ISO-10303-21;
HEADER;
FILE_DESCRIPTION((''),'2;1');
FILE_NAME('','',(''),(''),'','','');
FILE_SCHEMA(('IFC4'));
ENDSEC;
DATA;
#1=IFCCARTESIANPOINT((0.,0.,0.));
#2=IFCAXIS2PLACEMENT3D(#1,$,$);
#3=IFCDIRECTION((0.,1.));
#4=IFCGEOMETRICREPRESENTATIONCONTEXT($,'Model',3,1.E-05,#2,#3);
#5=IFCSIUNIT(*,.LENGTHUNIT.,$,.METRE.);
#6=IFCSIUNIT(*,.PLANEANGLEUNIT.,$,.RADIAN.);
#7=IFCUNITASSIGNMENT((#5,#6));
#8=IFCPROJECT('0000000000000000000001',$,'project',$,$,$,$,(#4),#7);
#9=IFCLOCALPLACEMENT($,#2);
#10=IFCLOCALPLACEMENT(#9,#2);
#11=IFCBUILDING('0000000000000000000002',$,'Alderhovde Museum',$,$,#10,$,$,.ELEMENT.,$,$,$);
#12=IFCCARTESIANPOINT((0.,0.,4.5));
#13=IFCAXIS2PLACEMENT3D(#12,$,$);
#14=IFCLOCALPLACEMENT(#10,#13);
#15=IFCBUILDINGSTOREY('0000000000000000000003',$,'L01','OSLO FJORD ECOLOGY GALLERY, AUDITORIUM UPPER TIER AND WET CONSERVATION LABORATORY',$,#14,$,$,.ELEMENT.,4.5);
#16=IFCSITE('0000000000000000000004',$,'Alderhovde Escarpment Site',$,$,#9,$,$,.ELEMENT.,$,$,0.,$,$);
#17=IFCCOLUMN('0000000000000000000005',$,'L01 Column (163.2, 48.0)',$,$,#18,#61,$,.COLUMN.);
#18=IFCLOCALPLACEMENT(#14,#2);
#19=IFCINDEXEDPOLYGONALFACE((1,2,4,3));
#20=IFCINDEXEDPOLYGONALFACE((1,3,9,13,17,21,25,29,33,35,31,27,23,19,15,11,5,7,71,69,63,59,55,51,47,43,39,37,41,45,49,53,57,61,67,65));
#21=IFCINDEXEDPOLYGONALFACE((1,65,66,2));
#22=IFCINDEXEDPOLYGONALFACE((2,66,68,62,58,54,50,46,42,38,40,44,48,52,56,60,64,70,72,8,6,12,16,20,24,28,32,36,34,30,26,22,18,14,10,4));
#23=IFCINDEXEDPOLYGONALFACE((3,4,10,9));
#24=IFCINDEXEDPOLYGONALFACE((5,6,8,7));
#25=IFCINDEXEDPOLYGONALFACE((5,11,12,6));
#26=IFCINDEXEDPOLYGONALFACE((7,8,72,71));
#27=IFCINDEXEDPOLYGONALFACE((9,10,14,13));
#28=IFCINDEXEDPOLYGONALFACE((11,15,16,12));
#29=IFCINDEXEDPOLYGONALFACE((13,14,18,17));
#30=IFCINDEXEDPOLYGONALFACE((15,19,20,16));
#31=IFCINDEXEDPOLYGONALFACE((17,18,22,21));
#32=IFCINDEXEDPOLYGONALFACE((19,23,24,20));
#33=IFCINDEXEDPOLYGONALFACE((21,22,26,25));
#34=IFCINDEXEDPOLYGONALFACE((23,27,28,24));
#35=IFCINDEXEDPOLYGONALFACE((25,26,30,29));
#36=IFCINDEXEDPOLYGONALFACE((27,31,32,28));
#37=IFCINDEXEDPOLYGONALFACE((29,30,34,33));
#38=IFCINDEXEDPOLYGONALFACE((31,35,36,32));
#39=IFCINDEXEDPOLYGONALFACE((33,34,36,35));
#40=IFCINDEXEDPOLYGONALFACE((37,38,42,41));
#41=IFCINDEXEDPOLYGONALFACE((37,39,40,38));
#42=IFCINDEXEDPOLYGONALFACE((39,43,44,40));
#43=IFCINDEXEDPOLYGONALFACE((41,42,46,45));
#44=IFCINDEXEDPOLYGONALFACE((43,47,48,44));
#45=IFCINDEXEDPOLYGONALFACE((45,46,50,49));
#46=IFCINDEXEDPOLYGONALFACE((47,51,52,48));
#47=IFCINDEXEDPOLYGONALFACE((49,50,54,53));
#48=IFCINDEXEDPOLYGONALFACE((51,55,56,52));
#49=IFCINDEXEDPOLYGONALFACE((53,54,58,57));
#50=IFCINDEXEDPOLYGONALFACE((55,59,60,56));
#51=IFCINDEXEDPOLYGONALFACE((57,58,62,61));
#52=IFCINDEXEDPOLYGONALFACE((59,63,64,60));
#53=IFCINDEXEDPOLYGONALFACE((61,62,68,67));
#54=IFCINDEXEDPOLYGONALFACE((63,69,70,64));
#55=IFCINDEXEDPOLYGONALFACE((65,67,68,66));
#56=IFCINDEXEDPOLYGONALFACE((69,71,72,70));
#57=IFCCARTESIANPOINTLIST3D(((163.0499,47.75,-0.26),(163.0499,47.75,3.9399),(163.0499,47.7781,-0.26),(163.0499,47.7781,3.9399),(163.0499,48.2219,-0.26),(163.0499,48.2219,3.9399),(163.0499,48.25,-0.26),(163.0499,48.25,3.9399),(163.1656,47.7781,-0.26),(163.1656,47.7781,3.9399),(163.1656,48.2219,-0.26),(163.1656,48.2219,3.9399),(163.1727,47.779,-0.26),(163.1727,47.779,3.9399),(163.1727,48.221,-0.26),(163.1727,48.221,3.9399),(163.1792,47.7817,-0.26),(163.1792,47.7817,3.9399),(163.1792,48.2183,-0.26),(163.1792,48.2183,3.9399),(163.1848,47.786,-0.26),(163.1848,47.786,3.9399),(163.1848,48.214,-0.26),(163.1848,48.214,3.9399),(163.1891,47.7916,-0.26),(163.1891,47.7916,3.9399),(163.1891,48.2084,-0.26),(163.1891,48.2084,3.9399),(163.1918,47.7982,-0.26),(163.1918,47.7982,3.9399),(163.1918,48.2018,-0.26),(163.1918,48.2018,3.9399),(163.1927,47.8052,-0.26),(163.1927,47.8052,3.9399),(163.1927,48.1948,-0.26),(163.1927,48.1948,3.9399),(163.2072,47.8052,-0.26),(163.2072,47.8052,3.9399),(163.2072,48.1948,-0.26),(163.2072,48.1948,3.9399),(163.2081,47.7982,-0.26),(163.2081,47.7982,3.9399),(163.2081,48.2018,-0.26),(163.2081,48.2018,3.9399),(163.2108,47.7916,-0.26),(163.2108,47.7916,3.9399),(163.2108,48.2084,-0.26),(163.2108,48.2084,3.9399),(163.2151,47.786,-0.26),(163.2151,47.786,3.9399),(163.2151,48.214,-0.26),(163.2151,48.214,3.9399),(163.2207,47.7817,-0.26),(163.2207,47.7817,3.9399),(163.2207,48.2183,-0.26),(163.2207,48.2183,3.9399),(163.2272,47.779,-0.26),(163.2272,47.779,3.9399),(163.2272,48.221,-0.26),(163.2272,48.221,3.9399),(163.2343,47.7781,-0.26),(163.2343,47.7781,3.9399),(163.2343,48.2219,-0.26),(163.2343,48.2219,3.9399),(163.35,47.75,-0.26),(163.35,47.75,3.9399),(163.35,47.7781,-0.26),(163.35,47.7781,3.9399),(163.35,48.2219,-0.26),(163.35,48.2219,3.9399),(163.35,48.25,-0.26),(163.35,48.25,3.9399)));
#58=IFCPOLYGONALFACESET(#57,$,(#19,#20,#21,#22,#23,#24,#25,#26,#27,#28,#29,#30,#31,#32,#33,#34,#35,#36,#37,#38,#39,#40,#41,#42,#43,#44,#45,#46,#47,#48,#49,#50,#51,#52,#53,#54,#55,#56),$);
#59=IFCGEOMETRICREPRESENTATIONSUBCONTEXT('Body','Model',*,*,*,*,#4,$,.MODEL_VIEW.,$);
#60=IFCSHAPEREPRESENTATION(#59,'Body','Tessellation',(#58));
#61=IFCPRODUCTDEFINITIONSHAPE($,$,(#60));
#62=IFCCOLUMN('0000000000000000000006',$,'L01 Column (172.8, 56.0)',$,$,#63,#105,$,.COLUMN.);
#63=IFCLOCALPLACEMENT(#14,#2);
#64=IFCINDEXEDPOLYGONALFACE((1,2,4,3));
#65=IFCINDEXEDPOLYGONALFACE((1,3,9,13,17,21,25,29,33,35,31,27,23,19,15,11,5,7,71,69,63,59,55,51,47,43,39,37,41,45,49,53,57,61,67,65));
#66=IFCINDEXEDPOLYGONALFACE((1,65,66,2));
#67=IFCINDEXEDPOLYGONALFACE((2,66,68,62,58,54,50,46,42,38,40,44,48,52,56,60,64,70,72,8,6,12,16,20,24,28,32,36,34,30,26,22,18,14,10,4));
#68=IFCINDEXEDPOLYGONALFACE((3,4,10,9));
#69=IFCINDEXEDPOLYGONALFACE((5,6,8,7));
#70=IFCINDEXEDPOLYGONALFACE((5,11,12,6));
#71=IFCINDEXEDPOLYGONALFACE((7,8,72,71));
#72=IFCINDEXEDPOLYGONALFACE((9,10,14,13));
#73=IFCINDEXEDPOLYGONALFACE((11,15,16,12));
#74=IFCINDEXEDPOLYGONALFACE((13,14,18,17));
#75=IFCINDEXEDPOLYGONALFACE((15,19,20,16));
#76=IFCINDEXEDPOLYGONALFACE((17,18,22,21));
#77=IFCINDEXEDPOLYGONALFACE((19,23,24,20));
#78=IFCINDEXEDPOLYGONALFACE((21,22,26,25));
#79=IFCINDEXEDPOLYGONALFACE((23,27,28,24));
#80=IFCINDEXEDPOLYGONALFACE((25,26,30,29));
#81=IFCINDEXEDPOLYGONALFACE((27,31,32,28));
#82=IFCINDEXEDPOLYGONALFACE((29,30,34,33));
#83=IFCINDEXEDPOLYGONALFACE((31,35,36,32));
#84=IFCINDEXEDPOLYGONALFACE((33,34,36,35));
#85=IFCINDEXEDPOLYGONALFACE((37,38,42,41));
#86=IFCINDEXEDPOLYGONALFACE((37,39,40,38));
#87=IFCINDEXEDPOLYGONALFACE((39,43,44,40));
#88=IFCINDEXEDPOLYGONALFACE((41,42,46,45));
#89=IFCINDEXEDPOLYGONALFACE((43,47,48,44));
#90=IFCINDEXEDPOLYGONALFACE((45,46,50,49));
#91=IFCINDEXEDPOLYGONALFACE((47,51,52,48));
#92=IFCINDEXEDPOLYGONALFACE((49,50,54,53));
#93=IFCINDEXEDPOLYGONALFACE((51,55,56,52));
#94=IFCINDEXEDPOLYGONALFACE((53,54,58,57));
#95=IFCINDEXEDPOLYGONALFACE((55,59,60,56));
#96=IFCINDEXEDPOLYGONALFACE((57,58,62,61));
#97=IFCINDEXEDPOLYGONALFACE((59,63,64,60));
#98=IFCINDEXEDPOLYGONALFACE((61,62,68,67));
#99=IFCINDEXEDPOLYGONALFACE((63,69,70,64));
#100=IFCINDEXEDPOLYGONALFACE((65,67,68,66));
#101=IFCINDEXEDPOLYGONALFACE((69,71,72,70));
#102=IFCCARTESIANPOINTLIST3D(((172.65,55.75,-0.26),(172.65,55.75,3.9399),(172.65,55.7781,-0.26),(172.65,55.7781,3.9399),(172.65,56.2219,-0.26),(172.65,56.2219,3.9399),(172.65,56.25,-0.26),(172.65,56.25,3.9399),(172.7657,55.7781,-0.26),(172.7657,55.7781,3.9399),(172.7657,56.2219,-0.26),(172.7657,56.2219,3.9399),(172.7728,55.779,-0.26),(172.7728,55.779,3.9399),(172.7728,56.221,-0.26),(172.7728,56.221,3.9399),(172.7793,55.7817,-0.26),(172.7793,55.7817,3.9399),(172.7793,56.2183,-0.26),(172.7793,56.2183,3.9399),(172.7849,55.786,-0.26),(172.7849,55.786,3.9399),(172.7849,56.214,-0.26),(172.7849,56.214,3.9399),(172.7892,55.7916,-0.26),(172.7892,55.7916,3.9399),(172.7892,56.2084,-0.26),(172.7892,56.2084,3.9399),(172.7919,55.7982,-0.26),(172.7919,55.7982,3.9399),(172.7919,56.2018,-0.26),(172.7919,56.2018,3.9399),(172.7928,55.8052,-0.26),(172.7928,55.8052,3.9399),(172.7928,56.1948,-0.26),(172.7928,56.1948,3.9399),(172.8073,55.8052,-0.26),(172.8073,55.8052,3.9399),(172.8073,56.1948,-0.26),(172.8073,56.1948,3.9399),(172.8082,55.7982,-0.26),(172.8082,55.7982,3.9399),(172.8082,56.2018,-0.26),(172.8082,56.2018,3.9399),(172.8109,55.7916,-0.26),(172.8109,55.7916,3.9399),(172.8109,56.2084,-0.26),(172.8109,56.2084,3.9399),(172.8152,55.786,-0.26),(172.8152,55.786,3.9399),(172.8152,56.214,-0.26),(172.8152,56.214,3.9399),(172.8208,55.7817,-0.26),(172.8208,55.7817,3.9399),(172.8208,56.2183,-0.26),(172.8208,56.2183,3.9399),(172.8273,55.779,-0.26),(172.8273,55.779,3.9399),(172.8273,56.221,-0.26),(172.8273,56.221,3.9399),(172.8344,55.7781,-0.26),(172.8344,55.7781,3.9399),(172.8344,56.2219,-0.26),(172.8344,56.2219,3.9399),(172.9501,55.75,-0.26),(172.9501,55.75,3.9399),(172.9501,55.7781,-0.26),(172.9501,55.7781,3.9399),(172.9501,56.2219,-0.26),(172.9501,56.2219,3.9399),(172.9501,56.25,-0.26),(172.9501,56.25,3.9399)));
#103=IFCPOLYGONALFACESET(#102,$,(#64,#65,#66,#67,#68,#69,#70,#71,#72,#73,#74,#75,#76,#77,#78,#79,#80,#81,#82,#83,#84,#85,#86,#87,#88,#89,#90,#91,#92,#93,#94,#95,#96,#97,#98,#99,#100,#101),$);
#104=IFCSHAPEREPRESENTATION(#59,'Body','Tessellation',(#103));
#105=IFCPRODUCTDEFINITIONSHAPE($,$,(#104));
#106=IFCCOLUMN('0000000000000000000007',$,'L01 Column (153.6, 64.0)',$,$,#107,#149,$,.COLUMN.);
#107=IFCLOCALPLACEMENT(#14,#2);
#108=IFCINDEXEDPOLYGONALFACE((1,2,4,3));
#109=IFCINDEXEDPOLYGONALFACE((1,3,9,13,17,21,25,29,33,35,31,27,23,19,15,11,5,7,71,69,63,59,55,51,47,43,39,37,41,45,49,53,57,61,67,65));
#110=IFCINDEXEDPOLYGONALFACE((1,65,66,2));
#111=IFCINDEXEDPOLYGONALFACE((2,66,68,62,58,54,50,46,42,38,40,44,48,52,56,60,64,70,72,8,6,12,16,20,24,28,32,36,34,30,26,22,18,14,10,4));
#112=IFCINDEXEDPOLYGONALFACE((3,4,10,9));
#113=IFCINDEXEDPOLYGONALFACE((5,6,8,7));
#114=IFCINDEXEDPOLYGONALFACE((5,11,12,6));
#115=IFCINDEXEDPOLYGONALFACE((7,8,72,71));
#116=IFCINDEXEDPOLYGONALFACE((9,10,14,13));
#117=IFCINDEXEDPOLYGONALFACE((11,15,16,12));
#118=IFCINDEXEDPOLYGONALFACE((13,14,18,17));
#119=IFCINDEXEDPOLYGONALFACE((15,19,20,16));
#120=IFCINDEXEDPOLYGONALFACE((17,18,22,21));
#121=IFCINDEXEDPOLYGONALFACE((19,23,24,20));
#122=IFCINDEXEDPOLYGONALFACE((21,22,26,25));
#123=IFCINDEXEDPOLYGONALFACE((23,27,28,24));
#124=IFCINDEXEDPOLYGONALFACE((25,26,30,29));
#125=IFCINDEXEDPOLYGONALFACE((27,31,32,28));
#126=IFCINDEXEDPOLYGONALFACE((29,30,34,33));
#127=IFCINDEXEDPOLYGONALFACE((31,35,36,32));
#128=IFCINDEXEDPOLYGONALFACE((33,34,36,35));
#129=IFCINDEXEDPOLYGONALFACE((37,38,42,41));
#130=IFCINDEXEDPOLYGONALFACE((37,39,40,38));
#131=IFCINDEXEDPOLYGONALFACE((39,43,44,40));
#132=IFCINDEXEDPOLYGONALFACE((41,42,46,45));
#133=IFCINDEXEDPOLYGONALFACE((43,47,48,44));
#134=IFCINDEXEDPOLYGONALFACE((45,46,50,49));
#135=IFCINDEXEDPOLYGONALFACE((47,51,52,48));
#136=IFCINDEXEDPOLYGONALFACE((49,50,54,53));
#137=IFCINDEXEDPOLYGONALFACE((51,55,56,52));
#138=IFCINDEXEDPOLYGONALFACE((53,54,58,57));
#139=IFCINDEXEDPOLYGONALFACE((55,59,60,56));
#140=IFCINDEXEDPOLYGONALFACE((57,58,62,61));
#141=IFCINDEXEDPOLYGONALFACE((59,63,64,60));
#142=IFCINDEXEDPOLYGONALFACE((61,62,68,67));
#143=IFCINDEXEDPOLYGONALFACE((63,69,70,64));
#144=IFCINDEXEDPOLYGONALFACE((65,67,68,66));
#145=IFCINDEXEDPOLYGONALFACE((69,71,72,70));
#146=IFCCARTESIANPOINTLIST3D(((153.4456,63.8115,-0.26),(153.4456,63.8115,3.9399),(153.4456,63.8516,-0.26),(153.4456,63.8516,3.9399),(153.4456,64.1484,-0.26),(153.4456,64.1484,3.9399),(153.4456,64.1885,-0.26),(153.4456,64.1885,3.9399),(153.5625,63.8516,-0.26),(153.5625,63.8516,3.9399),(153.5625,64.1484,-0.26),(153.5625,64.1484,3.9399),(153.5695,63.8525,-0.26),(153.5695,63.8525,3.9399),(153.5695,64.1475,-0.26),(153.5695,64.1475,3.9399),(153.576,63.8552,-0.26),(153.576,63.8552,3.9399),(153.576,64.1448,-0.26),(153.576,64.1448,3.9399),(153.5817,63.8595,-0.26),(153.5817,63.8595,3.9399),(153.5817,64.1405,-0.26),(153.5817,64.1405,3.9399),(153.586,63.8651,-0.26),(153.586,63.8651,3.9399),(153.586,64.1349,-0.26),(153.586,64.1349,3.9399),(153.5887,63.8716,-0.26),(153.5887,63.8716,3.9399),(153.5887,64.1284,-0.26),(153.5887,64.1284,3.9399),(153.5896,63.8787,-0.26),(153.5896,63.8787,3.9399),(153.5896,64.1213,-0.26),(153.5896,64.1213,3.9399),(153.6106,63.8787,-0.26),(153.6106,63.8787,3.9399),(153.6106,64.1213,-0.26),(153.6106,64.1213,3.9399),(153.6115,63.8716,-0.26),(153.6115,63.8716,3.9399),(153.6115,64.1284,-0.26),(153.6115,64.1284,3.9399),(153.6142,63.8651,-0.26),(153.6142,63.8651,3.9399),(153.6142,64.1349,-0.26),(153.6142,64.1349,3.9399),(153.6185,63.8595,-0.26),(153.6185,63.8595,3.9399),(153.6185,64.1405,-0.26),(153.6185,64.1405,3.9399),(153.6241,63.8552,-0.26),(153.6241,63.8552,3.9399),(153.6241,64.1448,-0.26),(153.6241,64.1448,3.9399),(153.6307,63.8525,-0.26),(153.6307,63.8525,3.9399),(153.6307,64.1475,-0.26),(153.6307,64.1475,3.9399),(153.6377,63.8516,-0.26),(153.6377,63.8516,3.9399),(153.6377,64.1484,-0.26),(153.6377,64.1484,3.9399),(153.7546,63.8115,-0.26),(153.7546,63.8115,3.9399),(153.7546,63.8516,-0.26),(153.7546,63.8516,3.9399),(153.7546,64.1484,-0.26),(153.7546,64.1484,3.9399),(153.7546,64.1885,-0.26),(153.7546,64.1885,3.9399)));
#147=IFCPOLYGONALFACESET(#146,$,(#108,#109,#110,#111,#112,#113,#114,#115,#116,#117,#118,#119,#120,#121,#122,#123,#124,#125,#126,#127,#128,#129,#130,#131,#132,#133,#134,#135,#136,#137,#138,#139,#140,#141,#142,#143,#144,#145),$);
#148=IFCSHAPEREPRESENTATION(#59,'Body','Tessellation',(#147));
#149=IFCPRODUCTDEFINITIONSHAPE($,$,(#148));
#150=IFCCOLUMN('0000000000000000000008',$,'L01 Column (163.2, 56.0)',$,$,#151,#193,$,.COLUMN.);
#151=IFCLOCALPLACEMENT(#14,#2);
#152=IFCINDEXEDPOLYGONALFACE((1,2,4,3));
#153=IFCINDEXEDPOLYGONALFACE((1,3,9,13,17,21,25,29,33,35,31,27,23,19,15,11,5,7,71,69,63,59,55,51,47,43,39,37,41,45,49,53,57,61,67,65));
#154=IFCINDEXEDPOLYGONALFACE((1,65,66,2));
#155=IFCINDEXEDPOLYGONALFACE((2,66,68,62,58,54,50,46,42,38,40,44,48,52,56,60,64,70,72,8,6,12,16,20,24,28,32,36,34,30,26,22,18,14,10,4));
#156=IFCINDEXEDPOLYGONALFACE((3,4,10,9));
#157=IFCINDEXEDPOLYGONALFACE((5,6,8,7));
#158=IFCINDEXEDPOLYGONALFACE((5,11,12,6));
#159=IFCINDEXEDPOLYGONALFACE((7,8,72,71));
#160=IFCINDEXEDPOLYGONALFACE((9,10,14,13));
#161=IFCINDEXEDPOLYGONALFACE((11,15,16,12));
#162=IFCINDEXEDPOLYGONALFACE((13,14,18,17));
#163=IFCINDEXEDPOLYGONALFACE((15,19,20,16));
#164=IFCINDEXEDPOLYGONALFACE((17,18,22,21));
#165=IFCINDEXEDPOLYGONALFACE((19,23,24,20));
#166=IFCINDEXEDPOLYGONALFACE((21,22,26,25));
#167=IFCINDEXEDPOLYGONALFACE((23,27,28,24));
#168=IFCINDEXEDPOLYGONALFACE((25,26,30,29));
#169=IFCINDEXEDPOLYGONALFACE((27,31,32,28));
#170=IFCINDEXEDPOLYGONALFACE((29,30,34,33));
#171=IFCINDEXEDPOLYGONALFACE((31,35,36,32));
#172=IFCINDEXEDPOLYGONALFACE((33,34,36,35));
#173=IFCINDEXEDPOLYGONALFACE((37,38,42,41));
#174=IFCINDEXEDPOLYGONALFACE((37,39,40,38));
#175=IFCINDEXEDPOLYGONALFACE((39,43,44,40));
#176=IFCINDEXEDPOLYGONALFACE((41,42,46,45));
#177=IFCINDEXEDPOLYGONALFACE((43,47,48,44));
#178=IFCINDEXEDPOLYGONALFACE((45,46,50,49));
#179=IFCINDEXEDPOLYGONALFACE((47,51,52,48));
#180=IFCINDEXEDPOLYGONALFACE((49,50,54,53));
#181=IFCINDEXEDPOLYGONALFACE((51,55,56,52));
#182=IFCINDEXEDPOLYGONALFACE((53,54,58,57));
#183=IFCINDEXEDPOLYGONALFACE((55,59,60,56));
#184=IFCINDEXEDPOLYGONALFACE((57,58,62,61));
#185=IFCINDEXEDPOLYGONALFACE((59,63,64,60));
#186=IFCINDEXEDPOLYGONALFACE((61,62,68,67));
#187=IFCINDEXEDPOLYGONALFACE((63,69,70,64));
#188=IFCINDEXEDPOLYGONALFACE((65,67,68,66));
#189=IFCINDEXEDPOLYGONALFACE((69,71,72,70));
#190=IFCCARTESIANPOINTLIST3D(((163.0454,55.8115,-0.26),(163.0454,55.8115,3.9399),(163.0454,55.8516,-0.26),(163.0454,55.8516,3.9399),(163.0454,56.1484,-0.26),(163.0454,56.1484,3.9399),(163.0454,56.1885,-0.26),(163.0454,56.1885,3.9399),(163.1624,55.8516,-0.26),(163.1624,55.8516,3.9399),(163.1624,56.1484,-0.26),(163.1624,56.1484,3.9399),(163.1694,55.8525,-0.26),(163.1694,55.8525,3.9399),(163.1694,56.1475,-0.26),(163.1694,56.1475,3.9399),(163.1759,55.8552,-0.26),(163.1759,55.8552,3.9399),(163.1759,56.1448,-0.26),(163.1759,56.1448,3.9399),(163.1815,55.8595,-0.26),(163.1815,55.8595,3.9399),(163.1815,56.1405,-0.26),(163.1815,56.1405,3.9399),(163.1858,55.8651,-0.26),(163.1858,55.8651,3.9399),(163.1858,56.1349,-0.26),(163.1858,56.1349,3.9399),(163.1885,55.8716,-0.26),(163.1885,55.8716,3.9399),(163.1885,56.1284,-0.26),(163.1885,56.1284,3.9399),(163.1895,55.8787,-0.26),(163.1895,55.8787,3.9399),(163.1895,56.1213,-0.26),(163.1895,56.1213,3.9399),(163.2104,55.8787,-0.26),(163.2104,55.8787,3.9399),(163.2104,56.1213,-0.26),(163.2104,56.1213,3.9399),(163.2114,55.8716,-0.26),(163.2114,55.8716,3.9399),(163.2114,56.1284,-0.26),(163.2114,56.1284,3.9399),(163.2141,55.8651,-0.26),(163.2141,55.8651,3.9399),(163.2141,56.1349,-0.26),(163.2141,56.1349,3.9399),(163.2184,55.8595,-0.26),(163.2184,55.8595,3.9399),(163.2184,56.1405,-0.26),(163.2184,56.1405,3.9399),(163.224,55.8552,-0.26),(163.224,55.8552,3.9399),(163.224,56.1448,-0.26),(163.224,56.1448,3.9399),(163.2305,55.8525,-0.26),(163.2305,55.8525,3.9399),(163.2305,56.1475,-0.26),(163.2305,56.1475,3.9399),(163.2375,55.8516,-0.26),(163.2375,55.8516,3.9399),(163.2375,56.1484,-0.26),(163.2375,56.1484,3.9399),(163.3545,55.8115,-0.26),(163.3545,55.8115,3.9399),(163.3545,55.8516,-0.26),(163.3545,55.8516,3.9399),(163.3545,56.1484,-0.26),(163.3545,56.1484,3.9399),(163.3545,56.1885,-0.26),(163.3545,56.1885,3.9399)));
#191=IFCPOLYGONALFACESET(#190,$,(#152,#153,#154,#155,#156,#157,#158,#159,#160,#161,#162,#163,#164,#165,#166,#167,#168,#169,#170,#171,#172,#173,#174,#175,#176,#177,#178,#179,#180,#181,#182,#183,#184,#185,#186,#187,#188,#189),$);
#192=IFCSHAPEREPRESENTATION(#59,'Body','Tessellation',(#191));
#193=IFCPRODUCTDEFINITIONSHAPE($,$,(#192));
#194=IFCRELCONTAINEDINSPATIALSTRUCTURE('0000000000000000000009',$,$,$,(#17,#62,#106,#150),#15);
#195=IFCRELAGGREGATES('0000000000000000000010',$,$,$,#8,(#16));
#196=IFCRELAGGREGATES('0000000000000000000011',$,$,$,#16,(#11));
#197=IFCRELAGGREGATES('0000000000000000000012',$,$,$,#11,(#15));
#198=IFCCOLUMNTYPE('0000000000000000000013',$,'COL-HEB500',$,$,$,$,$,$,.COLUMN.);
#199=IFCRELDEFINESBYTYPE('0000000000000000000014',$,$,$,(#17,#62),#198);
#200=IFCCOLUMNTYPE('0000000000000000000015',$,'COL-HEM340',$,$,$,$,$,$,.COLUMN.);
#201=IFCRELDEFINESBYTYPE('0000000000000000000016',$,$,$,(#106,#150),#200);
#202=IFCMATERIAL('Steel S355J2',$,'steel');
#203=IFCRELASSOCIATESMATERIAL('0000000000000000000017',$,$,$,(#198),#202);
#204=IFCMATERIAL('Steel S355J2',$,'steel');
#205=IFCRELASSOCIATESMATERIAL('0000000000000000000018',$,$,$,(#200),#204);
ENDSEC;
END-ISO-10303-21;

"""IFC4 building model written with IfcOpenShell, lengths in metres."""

from ifc_helpers import new_model, si_unit, direction, frame, origin, origin_2d, place, context, subcontext, project, spatial, i_section, extrude, material, material_profile, profile_set, type_object, element, save


model = new_model("IFC4")

# Units and contexts
model_context = context("Model", 3, precision=1e-05, world=origin(), true_north=direction((0.0, 1.0)))
body_context = subcontext(model_context, "Body", "Model", "MODEL_VIEW")
ifc_project = project(units=[si_unit("LENGTHUNIT", "METRE"), si_unit("PLANEANGLEUNIT", "RADIAN")], contexts=[model_context])

# Site, building, storey
site_placement = place(None, origin())
site = spatial("IfcSite", under=ifc_project, at=site_placement, Name="Alderhovde Escarpment Site", CompositionType="ELEMENT", RefElevation=0.0)
building_placement = place(site_placement, origin())
building = spatial("IfcBuilding", under=site, at=building_placement, Name="Alderhovde Museum", CompositionType="ELEMENT")
storey_placement = place(building_placement, frame((0.0, 0.0, 4.5)))
storey = spatial("IfcBuildingStorey", under=building, at=storey_placement, Name="L01", Description="OSLO FJORD ECOLOGY GALLERY, AUDITORIUM UPPER TIER AND WET CONSERVATION LABORATORY", CompositionType="ELEMENT", Elevation=4.5)

# Columns
ifc_material_1 = material(Name="Steel S355J2", Category="steel")
ifc_material_profile_1 = material_profile(ifc_material_1, i_section(OverallWidth=0.3, OverallDepth=0.5, WebThickness=0.0144, FlangeThickness=0.0281, FilletRadius=0.0271, at=origin_2d()), Name="HEB 500")
ifc_profile_set_1 = profile_set([ifc_material_profile_1], Name="Steel S355J2")
column_type_1 = type_object("IfcColumnType", Name="COL-HEB500", PredefinedType="COLUMN", material=ifc_profile_set_1)
for number, where, z_axis, x_axis, name in (
    (1, (163.2, 48.0, -0.26), (0.0, 0.0, 1.0), (1.0, 0.0, 0.0), "L01 Column (163.2, 48.0)"),
    (2, (172.8, 56.0, -0.26), (0.0, 0.0, 1.0), (1.0, 0.0, 0.0), "L01 Column (172.8, 56.0)"),
):
    element("IfcColumn", number, at=place(storey_placement, frame(where, z_axis=z_axis, x_axis=x_axis)), inside=storey, type_object=column_type_1, Name=name, PredefinedType="COLUMN", context=body_context, shape_type="SweptSolid", body=[
        extrude(i_section(OverallWidth=0.3, OverallDepth=0.5, WebThickness=0.0144, FlangeThickness=0.0281, FilletRadius=0.0271, at=origin_2d()), origin(), (0.0, 0.0, 1.0), 4.2),
    ])
ifc_material_2 = material(Name="Steel S355J2", Category="steel")
ifc_material_profile_2 = material_profile(ifc_material_2, i_section(OverallWidth=0.3091, OverallDepth=0.377, WebThickness=0.021, FlangeThickness=0.04, FilletRadius=0.0271, at=origin_2d()), Name="HEM 340")
ifc_profile_set_2 = profile_set([ifc_material_profile_2], Name="Steel S355J2")
column_type_2 = type_object("IfcColumnType", Name="COL-HEM340", PredefinedType="COLUMN", material=ifc_profile_set_2)
for number, where, z_axis, x_axis, name in (
    (3, (153.6001, 64.0, -0.26), (0.0, 0.0, 1.0), (1.0, 0.0, 0.0), "L01 Column (153.6, 64.0)"),
    (4, (163.2, 56.0, -0.26), (0.0, 0.0, 1.0), (1.0, 0.0, 0.0), "L01 Column (163.2, 56.0)"),
):
    element("IfcColumn", number, at=place(storey_placement, frame(where, z_axis=z_axis, x_axis=x_axis)), inside=storey, type_object=column_type_2, Name=name, PredefinedType="COLUMN", context=body_context, shape_type="SweptSolid", body=[
        extrude(i_section(OverallWidth=0.3091, OverallDepth=0.377, WebThickness=0.021, FlangeThickness=0.04, FilletRadius=0.0271, at=origin_2d()), origin(), (0.0, 0.0, 1.0), 4.2),
    ])

save(model, "model.ifc")
